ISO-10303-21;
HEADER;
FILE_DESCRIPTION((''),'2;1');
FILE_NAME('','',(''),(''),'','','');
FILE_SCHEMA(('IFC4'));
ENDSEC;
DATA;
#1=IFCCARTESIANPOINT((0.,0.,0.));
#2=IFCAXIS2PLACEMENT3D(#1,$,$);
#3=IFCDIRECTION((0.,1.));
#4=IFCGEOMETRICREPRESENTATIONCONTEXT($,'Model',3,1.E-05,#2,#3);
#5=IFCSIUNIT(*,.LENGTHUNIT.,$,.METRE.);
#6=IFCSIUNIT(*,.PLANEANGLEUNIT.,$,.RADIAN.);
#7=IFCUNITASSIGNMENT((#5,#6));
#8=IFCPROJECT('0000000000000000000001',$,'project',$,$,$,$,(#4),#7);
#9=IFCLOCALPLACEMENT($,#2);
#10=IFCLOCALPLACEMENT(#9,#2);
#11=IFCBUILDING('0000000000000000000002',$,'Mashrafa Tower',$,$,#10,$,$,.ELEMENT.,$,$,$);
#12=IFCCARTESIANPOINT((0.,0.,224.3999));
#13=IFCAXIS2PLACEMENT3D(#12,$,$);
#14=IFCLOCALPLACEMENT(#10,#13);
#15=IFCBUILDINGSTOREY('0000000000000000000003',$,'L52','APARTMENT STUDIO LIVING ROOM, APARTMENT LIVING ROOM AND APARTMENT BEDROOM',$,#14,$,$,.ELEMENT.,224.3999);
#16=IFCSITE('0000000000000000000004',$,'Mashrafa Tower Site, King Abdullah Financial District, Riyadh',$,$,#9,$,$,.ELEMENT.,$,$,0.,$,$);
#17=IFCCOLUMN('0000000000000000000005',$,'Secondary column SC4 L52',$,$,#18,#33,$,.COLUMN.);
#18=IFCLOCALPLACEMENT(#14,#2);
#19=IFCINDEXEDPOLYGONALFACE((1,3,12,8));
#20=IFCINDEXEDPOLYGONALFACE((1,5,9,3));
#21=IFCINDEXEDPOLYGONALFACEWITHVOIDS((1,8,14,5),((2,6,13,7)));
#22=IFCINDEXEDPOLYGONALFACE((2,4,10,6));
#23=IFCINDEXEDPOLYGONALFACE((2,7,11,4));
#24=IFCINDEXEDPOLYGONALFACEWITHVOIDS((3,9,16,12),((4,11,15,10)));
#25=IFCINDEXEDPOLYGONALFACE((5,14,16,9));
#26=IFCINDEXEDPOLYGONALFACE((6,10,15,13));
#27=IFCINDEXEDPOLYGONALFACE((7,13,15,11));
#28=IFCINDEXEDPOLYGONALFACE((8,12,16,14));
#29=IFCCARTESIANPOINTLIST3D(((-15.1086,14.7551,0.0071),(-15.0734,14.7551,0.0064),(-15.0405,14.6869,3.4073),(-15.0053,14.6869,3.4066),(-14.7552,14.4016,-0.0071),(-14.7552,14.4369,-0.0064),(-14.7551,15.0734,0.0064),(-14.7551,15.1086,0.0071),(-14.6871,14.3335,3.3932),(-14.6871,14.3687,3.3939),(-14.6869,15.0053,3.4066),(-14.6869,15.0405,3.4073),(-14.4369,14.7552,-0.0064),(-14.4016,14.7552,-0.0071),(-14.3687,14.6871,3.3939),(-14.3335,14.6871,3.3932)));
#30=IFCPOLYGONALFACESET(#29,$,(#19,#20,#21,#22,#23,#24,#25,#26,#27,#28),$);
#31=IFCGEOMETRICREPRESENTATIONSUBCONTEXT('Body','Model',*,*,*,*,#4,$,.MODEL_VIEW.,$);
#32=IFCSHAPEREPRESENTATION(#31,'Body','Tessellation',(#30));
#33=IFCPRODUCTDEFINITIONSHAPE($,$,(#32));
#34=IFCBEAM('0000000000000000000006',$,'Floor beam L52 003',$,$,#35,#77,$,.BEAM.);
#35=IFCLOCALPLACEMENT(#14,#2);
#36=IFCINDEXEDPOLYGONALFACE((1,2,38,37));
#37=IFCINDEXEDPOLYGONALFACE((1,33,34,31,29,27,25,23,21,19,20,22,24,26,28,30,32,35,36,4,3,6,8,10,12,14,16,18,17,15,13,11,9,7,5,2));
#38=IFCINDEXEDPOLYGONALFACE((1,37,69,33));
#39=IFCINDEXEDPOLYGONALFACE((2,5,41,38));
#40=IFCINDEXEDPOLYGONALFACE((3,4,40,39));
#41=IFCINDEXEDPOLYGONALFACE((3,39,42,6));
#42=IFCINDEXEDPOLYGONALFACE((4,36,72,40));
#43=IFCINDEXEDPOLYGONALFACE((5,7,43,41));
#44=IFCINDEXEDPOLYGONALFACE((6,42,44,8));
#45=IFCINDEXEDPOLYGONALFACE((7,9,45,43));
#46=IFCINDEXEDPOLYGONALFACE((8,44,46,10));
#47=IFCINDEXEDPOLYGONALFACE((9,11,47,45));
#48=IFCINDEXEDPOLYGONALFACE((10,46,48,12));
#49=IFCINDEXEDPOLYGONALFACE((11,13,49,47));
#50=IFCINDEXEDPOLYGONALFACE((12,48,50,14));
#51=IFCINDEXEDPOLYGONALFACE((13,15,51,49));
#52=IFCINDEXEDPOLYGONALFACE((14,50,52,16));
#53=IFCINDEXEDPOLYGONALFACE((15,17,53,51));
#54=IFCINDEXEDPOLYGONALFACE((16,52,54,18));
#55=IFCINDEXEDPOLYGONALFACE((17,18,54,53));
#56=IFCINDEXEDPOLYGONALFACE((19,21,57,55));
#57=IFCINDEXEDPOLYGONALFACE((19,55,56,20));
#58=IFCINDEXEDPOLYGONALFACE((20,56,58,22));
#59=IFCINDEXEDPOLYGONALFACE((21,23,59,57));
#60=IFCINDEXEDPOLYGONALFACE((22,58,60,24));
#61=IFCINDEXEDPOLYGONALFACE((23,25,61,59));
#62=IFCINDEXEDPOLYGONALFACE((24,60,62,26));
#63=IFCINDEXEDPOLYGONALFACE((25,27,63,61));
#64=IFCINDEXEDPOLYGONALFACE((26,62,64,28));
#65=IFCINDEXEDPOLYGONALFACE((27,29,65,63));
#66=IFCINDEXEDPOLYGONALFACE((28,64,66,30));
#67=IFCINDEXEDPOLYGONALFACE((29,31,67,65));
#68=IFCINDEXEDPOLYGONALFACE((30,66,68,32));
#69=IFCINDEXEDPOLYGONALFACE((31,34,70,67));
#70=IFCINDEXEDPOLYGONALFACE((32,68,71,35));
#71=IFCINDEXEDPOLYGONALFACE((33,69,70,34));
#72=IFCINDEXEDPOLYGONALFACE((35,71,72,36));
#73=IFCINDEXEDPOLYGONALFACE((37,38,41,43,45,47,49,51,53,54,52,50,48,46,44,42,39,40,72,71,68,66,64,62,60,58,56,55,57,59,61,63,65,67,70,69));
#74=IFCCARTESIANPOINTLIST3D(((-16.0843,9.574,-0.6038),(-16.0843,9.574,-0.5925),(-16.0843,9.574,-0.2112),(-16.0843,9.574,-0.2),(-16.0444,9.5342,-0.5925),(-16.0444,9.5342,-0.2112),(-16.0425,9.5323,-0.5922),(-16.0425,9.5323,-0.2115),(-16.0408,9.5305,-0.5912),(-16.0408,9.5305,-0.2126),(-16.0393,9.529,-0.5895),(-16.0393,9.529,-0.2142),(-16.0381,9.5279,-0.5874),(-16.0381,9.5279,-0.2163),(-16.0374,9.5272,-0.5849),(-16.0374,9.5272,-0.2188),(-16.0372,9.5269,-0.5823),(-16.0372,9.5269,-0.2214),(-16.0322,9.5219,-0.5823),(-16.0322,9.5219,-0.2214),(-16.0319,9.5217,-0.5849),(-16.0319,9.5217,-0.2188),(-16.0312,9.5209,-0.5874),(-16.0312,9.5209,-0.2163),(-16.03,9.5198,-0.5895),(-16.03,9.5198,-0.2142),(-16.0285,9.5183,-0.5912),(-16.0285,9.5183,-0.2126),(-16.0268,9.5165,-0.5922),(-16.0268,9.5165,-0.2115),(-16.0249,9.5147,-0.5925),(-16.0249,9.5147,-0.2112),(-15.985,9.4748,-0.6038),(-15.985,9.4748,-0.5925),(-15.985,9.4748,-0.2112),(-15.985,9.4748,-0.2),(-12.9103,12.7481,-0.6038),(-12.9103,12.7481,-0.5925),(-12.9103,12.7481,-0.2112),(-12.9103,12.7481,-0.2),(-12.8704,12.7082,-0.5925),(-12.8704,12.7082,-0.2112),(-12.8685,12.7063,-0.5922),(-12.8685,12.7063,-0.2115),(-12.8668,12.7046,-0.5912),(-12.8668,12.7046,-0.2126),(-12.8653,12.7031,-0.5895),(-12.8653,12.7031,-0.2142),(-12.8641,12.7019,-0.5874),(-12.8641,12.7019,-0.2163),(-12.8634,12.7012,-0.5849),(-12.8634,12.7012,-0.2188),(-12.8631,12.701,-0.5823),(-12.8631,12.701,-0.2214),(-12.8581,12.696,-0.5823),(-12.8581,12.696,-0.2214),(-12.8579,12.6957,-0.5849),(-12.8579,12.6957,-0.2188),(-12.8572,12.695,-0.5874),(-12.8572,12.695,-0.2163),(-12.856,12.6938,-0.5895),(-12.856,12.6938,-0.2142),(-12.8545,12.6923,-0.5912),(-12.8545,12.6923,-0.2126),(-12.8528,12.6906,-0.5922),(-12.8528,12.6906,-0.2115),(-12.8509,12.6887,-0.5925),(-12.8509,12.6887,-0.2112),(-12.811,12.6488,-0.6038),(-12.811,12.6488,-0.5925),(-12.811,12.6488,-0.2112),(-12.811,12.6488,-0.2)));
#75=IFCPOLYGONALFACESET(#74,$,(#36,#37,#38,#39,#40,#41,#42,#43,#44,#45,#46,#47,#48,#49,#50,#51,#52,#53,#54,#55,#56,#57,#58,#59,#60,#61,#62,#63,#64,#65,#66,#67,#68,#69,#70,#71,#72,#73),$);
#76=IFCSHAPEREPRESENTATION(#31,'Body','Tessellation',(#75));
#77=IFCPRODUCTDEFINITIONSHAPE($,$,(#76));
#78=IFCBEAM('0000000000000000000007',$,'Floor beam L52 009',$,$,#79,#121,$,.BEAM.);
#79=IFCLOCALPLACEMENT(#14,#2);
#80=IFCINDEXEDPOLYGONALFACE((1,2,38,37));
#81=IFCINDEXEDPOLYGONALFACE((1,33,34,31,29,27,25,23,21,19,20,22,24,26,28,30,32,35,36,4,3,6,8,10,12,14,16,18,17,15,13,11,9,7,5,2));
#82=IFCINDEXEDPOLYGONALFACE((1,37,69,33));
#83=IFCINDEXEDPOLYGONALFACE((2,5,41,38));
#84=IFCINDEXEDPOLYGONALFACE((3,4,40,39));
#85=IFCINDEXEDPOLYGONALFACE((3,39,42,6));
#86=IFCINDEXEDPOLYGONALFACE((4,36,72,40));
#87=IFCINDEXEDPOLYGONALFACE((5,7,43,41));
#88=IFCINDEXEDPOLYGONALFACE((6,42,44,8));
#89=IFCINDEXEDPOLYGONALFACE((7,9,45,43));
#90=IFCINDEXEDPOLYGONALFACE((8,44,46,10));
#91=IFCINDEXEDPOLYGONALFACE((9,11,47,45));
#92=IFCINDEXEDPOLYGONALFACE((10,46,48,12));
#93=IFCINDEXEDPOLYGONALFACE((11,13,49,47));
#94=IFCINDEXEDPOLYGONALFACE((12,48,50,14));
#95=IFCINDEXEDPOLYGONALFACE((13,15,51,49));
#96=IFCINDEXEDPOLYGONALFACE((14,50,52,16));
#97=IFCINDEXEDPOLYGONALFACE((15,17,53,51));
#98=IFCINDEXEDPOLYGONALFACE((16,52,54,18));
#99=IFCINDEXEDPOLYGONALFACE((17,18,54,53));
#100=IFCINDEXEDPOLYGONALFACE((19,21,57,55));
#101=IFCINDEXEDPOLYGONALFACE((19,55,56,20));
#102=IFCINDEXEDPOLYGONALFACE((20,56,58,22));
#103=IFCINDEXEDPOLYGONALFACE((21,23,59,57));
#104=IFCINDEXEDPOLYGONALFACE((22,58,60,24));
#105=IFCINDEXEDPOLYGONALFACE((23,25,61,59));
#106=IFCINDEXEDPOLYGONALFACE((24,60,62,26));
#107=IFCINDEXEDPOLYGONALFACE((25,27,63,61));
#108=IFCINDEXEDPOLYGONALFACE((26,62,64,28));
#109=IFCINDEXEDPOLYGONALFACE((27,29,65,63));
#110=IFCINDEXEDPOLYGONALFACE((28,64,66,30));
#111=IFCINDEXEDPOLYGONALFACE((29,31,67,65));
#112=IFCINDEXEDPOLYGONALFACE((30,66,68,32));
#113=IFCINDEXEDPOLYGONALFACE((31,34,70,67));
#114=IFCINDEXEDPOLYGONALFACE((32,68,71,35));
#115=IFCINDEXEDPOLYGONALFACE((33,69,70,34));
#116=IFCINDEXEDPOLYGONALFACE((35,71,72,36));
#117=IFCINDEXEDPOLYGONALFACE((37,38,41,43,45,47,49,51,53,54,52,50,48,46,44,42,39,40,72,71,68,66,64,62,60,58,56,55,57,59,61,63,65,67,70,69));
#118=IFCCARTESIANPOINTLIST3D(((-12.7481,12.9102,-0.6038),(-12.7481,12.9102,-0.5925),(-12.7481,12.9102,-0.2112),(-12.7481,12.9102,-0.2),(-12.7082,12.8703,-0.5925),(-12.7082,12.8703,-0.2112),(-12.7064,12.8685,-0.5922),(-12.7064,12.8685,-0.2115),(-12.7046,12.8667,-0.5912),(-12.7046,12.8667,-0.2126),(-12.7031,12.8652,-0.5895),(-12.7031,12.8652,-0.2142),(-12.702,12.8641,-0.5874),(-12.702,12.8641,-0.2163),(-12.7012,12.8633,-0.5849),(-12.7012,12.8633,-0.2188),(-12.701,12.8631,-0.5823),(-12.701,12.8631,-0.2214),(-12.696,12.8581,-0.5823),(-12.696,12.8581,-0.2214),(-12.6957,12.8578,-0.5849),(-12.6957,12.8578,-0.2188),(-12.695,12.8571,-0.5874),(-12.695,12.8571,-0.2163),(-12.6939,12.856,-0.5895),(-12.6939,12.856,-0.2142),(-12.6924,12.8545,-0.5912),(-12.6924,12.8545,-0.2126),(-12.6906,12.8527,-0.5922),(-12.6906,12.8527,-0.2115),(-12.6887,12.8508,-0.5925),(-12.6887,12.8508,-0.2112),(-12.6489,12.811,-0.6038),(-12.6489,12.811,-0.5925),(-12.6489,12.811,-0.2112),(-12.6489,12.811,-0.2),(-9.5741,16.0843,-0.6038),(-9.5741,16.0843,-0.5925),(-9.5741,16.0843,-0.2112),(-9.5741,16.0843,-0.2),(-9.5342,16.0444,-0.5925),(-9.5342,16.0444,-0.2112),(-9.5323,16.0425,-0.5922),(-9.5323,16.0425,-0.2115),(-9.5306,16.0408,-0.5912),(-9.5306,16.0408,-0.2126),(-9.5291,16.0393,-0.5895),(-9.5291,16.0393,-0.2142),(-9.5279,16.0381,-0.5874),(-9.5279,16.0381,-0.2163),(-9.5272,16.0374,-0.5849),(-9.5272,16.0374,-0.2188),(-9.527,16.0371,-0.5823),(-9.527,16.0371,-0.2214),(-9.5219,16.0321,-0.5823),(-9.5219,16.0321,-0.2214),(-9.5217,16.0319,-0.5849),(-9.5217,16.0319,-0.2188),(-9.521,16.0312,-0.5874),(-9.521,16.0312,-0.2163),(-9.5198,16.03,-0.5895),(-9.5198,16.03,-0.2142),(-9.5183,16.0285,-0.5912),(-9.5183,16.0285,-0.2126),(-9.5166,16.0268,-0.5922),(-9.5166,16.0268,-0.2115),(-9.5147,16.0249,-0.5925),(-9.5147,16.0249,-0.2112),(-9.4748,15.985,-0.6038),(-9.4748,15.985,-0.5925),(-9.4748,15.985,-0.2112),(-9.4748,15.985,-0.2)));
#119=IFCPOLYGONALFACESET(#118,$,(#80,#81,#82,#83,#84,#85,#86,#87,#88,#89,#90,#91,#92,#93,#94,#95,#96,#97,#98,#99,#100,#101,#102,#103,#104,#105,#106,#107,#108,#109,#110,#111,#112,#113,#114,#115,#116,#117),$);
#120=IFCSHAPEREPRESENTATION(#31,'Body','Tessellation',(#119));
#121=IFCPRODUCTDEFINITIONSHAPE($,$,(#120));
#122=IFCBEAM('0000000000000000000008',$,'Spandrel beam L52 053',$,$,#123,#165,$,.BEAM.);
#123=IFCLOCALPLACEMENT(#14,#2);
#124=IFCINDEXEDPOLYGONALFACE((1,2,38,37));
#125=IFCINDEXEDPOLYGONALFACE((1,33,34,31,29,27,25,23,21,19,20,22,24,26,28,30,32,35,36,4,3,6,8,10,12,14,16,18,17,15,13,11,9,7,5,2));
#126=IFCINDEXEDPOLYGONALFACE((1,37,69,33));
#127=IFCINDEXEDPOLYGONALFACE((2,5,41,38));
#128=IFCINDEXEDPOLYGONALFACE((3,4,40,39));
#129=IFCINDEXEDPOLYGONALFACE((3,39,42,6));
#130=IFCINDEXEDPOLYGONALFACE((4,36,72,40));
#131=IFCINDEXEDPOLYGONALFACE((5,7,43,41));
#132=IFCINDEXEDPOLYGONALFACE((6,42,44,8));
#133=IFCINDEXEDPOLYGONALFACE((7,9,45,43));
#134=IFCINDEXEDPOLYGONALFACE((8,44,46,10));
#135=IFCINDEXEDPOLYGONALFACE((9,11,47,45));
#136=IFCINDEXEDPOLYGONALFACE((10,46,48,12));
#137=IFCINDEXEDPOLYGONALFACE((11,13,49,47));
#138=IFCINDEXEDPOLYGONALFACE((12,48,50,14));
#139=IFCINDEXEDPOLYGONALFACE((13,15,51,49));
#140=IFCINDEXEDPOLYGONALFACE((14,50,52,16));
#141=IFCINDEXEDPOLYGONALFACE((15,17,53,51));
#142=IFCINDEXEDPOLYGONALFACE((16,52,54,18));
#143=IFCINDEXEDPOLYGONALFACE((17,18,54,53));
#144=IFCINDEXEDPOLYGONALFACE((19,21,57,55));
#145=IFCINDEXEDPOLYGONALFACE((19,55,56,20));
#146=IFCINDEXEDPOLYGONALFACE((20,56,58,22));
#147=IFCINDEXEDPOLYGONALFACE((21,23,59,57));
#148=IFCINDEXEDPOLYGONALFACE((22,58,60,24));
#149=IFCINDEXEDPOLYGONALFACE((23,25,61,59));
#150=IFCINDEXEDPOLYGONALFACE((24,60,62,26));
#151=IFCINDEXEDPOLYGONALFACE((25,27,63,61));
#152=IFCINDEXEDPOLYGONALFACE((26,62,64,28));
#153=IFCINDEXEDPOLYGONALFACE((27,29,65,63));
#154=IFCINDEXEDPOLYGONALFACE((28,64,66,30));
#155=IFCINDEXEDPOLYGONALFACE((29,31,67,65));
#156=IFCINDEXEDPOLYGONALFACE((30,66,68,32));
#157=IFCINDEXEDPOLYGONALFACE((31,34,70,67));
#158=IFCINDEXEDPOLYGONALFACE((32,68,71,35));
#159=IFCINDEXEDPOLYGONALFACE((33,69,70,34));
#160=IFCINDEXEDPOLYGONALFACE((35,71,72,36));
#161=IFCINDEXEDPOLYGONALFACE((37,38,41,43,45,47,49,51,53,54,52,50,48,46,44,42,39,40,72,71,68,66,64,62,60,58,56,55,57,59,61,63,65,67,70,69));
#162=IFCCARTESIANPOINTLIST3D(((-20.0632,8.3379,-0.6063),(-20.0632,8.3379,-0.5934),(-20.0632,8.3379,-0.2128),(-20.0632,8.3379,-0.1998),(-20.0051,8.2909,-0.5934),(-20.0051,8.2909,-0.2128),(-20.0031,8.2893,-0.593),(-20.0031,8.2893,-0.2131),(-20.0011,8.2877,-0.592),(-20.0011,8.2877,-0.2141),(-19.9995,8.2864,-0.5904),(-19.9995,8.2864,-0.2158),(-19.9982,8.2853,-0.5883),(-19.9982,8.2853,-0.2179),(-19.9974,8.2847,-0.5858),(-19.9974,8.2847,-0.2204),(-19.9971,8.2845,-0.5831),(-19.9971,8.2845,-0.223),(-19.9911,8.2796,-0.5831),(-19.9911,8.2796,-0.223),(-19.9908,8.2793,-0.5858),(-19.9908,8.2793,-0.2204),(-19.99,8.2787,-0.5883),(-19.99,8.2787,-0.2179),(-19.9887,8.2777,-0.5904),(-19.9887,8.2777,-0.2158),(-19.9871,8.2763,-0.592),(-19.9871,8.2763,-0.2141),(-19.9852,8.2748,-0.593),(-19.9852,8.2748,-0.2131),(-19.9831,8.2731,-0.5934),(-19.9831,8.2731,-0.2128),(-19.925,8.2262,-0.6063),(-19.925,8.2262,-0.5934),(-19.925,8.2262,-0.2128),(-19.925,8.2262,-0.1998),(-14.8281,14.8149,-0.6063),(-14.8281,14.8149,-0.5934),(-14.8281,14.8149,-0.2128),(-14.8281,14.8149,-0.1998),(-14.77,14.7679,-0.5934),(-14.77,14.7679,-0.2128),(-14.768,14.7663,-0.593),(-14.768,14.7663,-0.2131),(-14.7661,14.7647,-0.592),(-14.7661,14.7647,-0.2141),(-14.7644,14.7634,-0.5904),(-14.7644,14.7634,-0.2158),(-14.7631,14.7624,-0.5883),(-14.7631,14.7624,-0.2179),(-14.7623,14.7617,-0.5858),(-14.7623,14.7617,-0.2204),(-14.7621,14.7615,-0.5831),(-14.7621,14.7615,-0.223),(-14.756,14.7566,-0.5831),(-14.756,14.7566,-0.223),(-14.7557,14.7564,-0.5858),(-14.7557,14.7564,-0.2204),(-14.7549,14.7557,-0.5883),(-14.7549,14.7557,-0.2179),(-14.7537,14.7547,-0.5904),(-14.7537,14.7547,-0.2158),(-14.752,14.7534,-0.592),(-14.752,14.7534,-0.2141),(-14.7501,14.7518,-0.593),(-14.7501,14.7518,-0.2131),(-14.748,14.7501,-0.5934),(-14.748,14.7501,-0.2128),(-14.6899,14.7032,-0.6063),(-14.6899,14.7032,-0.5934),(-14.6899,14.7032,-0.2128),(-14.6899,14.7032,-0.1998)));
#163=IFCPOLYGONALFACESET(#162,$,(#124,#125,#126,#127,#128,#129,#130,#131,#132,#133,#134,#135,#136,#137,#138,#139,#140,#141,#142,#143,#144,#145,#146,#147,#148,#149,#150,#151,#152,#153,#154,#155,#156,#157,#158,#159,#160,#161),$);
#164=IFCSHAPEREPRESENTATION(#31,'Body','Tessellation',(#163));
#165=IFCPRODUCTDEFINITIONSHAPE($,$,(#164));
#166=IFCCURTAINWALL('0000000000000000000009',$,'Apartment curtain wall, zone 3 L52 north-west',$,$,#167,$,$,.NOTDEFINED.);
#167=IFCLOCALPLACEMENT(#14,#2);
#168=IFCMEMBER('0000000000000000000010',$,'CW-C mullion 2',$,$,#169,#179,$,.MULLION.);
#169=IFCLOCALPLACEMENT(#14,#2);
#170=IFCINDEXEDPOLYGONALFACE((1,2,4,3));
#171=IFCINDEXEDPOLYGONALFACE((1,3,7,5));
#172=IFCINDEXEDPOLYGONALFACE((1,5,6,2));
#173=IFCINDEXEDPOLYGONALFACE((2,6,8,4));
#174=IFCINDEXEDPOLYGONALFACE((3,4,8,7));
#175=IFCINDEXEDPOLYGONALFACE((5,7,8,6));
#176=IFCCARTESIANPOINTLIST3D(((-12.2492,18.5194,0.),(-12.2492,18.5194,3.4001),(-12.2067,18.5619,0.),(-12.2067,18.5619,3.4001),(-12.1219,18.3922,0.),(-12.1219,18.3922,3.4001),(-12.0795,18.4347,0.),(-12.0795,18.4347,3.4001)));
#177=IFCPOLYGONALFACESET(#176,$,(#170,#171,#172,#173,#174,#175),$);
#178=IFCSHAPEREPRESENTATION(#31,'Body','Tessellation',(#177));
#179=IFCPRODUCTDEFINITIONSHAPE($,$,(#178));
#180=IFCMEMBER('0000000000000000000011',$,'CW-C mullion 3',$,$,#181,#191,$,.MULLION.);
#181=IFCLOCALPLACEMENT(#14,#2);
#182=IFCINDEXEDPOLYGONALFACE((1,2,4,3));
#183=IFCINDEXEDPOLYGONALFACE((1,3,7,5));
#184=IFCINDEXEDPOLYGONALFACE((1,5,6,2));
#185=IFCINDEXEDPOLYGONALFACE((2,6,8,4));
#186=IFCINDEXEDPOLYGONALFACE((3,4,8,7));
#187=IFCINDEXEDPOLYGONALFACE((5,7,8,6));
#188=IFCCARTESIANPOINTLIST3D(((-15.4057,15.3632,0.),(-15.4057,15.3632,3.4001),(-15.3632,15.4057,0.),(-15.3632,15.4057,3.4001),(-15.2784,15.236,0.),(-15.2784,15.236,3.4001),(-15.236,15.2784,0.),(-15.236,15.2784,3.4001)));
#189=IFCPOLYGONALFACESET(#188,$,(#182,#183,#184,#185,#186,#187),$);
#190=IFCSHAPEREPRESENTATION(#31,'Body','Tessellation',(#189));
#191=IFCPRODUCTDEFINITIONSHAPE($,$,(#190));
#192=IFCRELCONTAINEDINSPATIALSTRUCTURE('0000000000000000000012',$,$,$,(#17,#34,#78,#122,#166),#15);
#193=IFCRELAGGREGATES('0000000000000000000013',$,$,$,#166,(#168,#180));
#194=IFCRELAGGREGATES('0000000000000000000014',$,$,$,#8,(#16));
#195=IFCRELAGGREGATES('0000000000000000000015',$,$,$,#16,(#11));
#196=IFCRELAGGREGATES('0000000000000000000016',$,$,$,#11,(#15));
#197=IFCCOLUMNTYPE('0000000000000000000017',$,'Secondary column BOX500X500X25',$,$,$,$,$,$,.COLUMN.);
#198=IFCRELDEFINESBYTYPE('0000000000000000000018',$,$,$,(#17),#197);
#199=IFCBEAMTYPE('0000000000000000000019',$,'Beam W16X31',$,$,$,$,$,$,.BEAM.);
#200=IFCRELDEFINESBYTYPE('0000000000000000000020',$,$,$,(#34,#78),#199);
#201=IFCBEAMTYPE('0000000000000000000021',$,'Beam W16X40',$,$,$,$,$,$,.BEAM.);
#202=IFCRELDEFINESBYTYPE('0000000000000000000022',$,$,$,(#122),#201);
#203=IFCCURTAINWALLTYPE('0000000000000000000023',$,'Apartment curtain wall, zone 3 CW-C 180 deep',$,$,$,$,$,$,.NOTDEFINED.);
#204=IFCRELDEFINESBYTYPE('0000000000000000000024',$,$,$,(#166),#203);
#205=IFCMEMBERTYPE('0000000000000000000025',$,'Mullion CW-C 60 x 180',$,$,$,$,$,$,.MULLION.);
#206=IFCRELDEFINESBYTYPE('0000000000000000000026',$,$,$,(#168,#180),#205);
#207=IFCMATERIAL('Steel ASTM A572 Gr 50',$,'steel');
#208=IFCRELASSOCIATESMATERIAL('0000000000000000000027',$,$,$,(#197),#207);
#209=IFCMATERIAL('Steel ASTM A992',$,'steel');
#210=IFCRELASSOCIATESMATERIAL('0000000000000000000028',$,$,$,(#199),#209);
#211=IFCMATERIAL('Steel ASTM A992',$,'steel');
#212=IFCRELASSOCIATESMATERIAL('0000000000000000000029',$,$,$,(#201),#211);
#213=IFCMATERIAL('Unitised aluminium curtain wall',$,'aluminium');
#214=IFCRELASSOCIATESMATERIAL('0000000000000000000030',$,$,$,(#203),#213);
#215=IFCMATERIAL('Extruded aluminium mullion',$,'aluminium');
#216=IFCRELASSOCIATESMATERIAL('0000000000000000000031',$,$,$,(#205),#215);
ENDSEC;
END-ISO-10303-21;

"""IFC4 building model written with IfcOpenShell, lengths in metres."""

from ifc_helpers import new_model, si_unit, direction, frame, origin, origin_2d, place, context, subcontext, project, spatial, rectangle, hollow_rectangle, i_section, extrude, source, transform, mapped, material, material_profile, profile_set, type_object, type_shapes, element, aggregate, save


model = new_model("IFC4")

# Units and contexts
model_context = context("Model", 3, precision=1e-05, world=origin(), true_north=direction((0.0, 1.0)))
body_context = subcontext(model_context, "Body", "Model", "MODEL_VIEW")
ifc_project = project(units=[si_unit("LENGTHUNIT", "METRE"), si_unit("PLANEANGLEUNIT", "RADIAN")], contexts=[model_context])

# Site, building, storey
site_placement = place(None, origin())
site = spatial("IfcSite", under=ifc_project, at=site_placement, Name="Mashrafa Tower Site, King Abdullah Financial District, Riyadh", CompositionType="ELEMENT", RefElevation=0.0)
building_placement = place(site_placement, origin())
building = spatial("IfcBuilding", under=site, at=building_placement, Name="Mashrafa Tower", CompositionType="ELEMENT")
storey_placement = place(building_placement, frame((0.0, 0.0, 224.3999)))
storey = spatial("IfcBuildingStorey", under=building, at=storey_placement, Name="L52", Description="APARTMENT STUDIO LIVING ROOM, APARTMENT LIVING ROOM AND APARTMENT BEDROOM", CompositionType="ELEMENT", Elevation=224.3999)

# Column
ifc_material_1 = material(Name="Steel ASTM A572 Gr 50", Category="steel")
ifc_material_profile_1 = material_profile(ifc_material_1, hollow_rectangle(XDim=0.5, YDim=0.5, WallThickness=0.0249, at=origin_2d()), Name="BOX500X500X25")
ifc_profile_set_1 = profile_set([ifc_material_profile_1], Name="Steel ASTM A572 Gr 50")
column_type = type_object("IfcColumnType", Name="Secondary column BOX500X500X25", PredefinedType="COLUMN", material=ifc_profile_set_1)
column_placement = place(storey_placement, frame((-14.7551, 14.7551, 0.0), z_axis=(0.020025, -0.020025, 0.999599), x_axis=(0.707107, 0.707107, 0.0)))
element("IfcColumn", 1, at=column_placement, inside=storey, type_object=column_type, Name="Secondary column SC4 L52", PredefinedType="COLUMN", context=body_context, shape_type="SweptSolid", body=[
    extrude(hollow_rectangle(XDim=0.5, YDim=0.5, WallThickness=0.0249, at=origin_2d()), origin(), (0.0, 0.0, 1.0), 3.4016),
])

# Beams
ifc_material_2 = material(Name="Steel ASTM A992", Category="steel")
ifc_material_profile_2 = material_profile(ifc_material_2, i_section(OverallWidth=0.1404, OverallDepth=0.4038, WebThickness=0.0071, FlangeThickness=0.0112, FilletRadius=0.0103, at=origin_2d()), Name="W16X31")
ifc_profile_set_2 = profile_set([ifc_material_profile_2], Name="Steel ASTM A992")
beam_type_1 = type_object("IfcBeamType", Name="Beam W16X31", PredefinedType="BEAM", material=ifc_profile_set_2)
for number, where, z_axis, x_axis, name in (
    (2, (-16.0347, 9.5244, -0.4019), (0.707107, 0.707107, 0.0), (-0.707107, 0.707107, 0.0), "Floor beam L52 003"),
    (3, (-12.6985, 12.8606, -0.4019), (0.707107, 0.707107, 0.0), (-0.707107, 0.707107, 0.0), "Floor beam L52 009"),
):
    element("IfcBeam", number, at=place(storey_placement, frame(where, z_axis=z_axis, x_axis=x_axis)), inside=storey, type_object=beam_type_1, Name=name, PredefinedType="BEAM", context=body_context, shape_type="SweptSolid", body=[
        extrude(i_section(OverallWidth=0.1404, OverallDepth=0.4038, WebThickness=0.0071, FlangeThickness=0.0112, FilletRadius=0.0103, at=origin_2d()), origin(), (0.0, 0.0, 1.0), 4.4888),
    ])
ifc_material_3 = material(Name="Steel ASTM A992", Category="steel")
ifc_material_profile_3 = material_profile(ifc_material_3, i_section(OverallWidth=0.1777, OverallDepth=0.4065, WebThickness=0.0078, FlangeThickness=0.0129, FilletRadius=0.0103, at=origin_2d()), Name="W16X40")
ifc_profile_set_3 = profile_set([ifc_material_profile_3], Name="Steel ASTM A992")
beam_type_2 = type_object("IfcBeamType", Name="Beam W16X40", PredefinedType="BEAM", material=ifc_profile_set_3)
beam_placement = place(storey_placement, frame((-14.759, 14.759, -0.4031), z_axis=(-0.628602, -0.777727, 0.0), x_axis=(0.777727, -0.628602, 0.0)))
element("IfcBeam", 4, at=beam_placement, inside=storey, type_object=beam_type_2, Name="Spandrel beam L52 053", PredefinedType="BEAM", context=body_context, shape_type="SweptSolid", body=[
    extrude(i_section(OverallWidth=0.1777, OverallDepth=0.4065, WebThickness=0.0078, FlangeThickness=0.0129, FilletRadius=0.0103, at=origin_2d()), origin(), (0.0, 0.0, 1.0), 8.3281),
])

# Curtain wall, members
ifc_material_4 = material(Name="Unitised aluminium curtain wall", Category="aluminium")
curtain_wall_type = type_object("IfcCurtainWallType", Name="Apartment curtain wall, zone 3 CW-C 180 deep", PredefinedType="NOTDEFINED", material=ifc_material_4)
curtain_wall_placement = place(storey_placement, origin())
curtain_wall = element("IfcCurtainWall", 5, at=curtain_wall_placement, inside=storey, type_object=curtain_wall_type, Name="Apartment curtain wall, zone 3 L52 north-west", PredefinedType="NOTDEFINED")
ifc_material_5 = material(Name="Extruded aluminium mullion", Category="aluminium")
ifc_material_profile_4 = material_profile(ifc_material_5, rectangle(XDim=0.1799, YDim=0.0601, at=origin_2d()), Name="Mullion 60x180")
ifc_profile_set_4 = profile_set([ifc_material_profile_4], Name="Extruded aluminium mullion")
member_type_1 = type_object("IfcMemberType", Name="Mullion CW-C 60 x 180", PredefinedType="MULLION", material=ifc_profile_set_4)
shared_shape_1 = source(origin(), body_context, "Body", "SweptSolid", [
    extrude(rectangle(XDim=0.1799, YDim=0.0601, at=origin_2d()), origin(), (0.0, 0.0, 1.0), 3.4001),
])
type_shapes(member_type_1, [shared_shape_1])
member_1_placement = place(storey_placement, frame((-12.1643, 18.4771, 0.0), z_axis=(0.0, 0.0, 1.0), x_axis=(0.707107, -0.707107, 0.0)))
member_1 = element("IfcMember", 6, at=member_1_placement, type_object=member_type_1, Name="CW-C mullion 2", PredefinedType="MULLION", context=body_context, shape_type="MappedRepresentation", body=[
    mapped(shared_shape_1, transform((0.0, 0.0, 0.0))),
])
member_2_placement = place(storey_placement, frame((-15.3208, 15.3208, 0.0), z_axis=(0.0, 0.0, 1.0), x_axis=(0.707107, -0.707107, 0.0)))
member_2 = element("IfcMember", 7, at=member_2_placement, type_object=member_type_1, Name="CW-C mullion 3", PredefinedType="MULLION", context=body_context, shape_type="MappedRepresentation", body=[
    mapped(shared_shape_1, transform((0.0, 0.0, 0.0))),
])
aggregate(curtain_wall, [member_1, member_2])

save(model, "model.ifc")
